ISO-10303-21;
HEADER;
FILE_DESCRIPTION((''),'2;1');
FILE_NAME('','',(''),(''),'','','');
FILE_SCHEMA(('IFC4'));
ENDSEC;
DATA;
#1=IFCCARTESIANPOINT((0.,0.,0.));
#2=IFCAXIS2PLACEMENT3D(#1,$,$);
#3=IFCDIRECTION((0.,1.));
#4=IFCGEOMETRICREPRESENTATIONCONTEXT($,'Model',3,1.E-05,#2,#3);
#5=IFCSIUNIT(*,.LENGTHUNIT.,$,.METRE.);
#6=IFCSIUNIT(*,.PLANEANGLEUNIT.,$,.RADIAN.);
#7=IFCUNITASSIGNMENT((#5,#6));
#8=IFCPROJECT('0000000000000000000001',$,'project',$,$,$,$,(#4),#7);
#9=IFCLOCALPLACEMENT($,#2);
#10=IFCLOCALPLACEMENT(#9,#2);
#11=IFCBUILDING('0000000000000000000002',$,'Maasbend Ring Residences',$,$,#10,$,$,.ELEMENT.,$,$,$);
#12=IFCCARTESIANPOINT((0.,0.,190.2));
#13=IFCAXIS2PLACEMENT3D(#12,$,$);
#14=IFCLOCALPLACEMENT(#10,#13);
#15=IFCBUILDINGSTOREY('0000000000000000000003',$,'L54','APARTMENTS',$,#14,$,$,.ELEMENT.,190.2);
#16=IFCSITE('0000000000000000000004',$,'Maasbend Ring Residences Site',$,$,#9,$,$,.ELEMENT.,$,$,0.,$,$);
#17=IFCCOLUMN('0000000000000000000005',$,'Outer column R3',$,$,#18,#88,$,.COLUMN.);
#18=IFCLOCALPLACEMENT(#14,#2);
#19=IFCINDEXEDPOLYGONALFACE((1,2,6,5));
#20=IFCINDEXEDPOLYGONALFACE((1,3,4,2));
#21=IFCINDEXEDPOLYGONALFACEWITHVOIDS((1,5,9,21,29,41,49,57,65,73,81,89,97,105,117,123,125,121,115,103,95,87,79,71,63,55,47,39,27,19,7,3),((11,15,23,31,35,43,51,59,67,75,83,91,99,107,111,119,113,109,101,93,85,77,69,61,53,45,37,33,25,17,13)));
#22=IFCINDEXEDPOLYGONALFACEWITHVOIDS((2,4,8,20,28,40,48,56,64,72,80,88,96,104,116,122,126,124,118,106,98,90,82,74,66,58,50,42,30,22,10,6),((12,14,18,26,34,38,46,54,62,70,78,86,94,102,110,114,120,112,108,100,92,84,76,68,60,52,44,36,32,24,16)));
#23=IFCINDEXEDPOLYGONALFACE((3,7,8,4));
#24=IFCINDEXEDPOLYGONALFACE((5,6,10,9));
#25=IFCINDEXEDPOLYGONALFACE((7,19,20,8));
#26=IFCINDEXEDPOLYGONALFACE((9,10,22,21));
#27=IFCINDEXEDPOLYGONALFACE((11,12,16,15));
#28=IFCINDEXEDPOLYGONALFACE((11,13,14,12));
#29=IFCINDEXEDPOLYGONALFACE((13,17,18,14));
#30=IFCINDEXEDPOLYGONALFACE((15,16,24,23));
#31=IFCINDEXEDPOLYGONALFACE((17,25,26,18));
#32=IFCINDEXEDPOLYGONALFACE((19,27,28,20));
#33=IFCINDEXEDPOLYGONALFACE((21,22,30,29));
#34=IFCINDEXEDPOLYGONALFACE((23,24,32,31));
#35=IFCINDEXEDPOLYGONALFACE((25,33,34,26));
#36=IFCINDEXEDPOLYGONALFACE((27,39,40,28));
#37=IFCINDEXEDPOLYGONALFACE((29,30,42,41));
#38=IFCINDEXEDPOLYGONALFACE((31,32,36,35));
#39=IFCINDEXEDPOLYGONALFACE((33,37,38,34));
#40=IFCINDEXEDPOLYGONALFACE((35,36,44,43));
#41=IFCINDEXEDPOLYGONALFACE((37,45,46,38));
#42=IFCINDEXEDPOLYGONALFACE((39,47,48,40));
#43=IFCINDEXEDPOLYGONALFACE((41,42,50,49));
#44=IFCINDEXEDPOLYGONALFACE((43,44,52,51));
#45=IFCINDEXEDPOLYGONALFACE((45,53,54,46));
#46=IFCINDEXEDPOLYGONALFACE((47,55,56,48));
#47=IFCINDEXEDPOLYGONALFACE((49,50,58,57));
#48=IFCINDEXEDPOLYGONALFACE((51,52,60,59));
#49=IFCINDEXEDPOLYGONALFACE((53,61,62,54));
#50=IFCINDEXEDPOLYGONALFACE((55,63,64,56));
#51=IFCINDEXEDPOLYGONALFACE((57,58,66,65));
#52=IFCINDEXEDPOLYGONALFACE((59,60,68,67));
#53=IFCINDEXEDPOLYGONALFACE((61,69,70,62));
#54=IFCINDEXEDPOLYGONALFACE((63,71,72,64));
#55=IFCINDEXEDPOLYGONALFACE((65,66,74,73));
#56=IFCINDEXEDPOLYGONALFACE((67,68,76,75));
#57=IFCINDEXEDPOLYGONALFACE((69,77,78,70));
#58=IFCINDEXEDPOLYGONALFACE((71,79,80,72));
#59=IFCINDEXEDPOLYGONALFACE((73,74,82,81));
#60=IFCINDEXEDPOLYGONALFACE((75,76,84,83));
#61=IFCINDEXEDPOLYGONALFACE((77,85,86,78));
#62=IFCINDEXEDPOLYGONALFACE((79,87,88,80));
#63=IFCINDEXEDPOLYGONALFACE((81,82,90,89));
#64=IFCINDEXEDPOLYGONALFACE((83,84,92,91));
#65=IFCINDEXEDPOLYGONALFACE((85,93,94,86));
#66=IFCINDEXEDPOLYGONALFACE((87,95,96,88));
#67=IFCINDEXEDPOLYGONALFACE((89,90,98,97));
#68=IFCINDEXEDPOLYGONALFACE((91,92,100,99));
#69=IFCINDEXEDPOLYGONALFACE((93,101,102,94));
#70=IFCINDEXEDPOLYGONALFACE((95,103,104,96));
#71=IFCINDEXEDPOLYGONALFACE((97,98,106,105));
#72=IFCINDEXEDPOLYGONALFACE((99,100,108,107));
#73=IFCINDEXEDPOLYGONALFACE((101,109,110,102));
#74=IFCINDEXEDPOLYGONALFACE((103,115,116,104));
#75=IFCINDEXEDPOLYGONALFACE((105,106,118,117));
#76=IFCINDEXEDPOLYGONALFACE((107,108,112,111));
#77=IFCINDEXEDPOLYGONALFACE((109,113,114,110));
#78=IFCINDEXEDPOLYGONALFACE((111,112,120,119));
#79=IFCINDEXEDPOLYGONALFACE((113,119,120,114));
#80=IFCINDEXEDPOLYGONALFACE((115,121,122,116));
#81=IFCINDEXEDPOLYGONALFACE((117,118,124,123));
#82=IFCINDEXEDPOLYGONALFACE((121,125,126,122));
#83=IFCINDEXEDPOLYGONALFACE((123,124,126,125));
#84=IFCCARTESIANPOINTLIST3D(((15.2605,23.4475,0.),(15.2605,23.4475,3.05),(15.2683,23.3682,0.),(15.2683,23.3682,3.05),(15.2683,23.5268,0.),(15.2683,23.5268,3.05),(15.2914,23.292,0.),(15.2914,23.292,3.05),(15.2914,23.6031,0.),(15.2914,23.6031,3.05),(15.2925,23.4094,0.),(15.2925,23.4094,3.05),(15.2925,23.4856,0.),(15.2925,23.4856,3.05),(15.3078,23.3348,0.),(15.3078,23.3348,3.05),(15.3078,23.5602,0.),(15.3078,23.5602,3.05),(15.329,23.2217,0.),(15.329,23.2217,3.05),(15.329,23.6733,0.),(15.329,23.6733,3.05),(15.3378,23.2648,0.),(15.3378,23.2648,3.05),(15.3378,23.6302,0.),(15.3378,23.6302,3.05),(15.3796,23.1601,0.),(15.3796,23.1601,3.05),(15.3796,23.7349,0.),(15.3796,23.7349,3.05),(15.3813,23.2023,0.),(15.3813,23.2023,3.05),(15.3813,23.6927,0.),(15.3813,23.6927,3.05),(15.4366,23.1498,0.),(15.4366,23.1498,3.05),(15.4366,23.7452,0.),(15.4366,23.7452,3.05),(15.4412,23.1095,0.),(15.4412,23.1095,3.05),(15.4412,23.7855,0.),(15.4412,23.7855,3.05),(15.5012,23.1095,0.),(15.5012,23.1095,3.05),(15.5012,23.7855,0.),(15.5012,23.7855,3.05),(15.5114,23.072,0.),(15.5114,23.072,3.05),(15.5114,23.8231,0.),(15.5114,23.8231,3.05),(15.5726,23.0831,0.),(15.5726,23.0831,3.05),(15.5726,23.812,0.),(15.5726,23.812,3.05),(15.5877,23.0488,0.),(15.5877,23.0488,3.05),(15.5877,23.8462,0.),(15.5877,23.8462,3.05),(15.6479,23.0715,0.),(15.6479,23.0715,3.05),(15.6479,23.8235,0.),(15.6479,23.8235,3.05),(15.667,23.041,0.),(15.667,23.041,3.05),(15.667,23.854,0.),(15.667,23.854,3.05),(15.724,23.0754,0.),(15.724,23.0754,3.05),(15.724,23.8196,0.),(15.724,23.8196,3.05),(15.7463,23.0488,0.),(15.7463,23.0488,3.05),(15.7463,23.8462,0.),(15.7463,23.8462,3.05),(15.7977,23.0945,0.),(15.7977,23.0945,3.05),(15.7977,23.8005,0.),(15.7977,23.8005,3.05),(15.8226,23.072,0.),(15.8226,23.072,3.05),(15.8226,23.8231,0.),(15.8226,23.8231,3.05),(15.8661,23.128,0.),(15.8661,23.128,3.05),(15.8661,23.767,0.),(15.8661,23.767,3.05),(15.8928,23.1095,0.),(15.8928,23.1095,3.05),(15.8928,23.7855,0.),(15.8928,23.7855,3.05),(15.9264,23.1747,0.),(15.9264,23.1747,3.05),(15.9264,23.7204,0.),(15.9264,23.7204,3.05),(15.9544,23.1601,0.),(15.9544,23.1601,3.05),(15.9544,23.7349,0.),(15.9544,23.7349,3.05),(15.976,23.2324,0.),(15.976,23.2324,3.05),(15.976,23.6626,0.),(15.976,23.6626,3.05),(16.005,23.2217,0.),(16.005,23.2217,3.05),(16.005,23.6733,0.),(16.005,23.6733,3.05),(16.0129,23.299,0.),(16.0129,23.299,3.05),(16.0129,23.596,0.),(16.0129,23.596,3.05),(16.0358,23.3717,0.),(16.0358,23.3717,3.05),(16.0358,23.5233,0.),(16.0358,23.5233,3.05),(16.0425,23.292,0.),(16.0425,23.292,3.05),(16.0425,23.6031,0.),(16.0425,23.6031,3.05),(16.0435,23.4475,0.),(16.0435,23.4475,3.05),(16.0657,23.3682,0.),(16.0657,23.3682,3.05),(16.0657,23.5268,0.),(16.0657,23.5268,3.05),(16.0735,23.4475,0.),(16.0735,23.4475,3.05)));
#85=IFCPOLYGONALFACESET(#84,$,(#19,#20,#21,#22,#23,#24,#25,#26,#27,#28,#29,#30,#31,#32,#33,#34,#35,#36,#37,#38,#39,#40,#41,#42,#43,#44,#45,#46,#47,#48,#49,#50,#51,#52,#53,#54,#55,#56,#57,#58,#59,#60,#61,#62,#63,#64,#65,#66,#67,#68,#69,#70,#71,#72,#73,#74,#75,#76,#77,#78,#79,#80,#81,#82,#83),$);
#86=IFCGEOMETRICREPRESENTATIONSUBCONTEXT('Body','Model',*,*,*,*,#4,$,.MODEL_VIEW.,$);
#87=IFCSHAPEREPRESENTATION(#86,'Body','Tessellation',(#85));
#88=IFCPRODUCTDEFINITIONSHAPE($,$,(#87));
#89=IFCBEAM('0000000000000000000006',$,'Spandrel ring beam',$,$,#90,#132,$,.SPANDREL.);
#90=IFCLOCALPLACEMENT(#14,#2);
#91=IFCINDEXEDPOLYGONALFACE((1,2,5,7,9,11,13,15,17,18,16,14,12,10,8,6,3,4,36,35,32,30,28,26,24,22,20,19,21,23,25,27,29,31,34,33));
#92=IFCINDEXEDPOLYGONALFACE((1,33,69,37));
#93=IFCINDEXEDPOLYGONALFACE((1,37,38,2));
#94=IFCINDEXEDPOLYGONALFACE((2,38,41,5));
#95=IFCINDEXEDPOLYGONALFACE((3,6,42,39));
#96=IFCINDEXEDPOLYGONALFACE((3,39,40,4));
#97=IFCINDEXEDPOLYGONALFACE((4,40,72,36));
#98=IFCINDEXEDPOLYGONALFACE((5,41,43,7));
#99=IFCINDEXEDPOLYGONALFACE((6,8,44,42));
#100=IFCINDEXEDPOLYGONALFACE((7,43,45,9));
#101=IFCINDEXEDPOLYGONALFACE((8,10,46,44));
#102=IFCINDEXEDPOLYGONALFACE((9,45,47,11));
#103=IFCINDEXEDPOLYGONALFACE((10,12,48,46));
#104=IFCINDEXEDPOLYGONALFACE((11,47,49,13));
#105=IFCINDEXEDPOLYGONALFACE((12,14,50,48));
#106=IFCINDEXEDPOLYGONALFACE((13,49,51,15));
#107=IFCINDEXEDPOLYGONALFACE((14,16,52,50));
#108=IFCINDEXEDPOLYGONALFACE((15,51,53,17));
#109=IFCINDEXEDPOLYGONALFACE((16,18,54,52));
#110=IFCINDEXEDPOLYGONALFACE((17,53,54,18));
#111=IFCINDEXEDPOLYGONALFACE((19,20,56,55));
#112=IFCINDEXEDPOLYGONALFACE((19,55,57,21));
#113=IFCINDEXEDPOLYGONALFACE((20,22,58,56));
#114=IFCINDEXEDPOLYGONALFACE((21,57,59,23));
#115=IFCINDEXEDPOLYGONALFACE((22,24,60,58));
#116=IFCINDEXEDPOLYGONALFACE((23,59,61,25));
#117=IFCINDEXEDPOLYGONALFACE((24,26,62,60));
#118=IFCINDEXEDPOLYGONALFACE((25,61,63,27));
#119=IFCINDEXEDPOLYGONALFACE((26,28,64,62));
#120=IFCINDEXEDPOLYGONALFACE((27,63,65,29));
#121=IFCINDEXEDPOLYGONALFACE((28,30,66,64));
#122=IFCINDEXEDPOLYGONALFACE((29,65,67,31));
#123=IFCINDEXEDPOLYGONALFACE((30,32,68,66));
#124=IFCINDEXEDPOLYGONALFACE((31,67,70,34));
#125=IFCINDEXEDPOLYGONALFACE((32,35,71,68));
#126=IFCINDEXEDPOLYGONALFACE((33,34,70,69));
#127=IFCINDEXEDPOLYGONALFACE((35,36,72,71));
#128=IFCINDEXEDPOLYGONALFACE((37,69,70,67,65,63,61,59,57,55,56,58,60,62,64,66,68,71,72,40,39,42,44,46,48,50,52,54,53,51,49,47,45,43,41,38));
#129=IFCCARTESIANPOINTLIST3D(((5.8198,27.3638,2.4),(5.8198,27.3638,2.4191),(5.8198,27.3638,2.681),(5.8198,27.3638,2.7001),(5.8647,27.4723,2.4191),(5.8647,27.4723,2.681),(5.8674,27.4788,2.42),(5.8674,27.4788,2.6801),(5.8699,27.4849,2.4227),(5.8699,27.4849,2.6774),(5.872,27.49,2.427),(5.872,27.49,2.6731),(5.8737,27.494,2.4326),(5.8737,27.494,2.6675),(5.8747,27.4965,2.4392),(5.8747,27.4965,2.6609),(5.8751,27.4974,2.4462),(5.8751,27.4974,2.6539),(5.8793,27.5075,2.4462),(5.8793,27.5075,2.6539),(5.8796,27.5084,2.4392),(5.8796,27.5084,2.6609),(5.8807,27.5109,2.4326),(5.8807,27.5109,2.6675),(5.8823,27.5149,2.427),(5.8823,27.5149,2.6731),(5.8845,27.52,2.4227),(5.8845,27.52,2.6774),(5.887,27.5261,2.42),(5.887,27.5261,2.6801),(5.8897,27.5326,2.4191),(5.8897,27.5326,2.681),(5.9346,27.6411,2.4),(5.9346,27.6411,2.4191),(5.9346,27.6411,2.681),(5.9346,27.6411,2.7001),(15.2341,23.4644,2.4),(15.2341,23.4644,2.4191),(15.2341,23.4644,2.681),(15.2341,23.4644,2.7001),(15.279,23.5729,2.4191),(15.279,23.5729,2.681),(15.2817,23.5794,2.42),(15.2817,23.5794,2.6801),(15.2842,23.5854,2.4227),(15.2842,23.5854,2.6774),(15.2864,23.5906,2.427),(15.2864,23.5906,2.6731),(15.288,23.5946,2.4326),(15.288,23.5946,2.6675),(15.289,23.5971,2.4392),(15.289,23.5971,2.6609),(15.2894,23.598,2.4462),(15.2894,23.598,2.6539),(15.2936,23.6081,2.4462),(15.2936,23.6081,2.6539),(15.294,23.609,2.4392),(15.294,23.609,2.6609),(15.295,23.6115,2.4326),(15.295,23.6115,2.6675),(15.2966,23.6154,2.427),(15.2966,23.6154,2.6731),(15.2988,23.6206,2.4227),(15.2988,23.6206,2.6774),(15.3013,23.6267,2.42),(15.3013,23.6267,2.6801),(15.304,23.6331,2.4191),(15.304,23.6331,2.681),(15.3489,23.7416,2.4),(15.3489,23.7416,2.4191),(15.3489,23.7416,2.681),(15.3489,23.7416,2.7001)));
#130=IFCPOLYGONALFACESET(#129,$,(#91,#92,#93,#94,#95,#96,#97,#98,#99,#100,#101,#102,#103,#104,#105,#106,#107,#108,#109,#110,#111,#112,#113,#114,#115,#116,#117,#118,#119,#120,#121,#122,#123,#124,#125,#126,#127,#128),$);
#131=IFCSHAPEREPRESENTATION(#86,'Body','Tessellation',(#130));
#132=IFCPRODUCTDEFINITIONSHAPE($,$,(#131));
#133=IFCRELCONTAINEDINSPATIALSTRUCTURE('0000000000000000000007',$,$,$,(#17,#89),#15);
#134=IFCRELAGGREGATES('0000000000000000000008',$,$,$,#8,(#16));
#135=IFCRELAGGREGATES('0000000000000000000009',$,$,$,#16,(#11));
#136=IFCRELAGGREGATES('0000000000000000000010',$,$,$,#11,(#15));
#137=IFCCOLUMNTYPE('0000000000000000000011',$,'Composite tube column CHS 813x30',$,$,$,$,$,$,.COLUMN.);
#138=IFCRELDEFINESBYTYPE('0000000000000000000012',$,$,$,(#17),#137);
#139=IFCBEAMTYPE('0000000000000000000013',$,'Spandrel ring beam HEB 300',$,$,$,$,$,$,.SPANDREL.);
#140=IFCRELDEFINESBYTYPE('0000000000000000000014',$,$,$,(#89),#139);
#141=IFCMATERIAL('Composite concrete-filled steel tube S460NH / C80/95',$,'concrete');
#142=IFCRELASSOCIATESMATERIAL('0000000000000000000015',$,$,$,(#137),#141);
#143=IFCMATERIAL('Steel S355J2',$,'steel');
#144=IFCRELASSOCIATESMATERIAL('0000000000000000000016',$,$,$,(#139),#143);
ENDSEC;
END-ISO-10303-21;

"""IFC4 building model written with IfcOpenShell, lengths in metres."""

from ifc_helpers import new_model, si_unit, direction, frame, origin, origin_2d, place, context, subcontext, project, spatial, hollow_circle, i_section, extrude, material, material_profile, profile_set, type_object, element, save


model = new_model("IFC4")

# Units and contexts
model_context = context("Model", 3, precision=1e-05, world=origin(), true_north=direction((0.0, 1.0)))
body_context = subcontext(model_context, "Body", "Model", "MODEL_VIEW")
ifc_project = project(units=[si_unit("LENGTHUNIT", "METRE"), si_unit("PLANEANGLEUNIT", "RADIAN")], contexts=[model_context])

# Site, building, storey
site_placement = place(None, origin())
site = spatial("IfcSite", under=ifc_project, at=site_placement, Name="Maasbend Ring Residences Site", CompositionType="ELEMENT", RefElevation=0.0)
building_placement = place(site_placement, origin())
building = spatial("IfcBuilding", under=site, at=building_placement, Name="Maasbend Ring Residences", CompositionType="ELEMENT")
storey_placement = place(building_placement, frame((0.0, 0.0, 190.2)))
storey = spatial("IfcBuildingStorey", under=building, at=storey_placement, Name="L54", Description="APARTMENTS", CompositionType="ELEMENT", Elevation=190.2)

# Column
ifc_material_1 = material(Name="Composite concrete-filled steel tube S460NH / C80/95", Category="concrete")
ifc_material_profile_1 = material_profile(ifc_material_1, hollow_circle(Radius=0.4065, WallThickness=0.03, at=origin_2d()), Name="Composite tube column CHS 813x30")
ifc_profile_set_1 = profile_set([ifc_material_profile_1], Name="Composite concrete-filled steel tube S460NH / C80/95")
column_type = type_object("IfcColumnType", Name="Composite tube column CHS 813x30", PredefinedType="COLUMN", material=ifc_profile_set_1)
column_placement = place(storey_placement, frame((15.667, 23.4475, 0.0), z_axis=(0.0, 0.0, 1.0), x_axis=(1.0, 0.0, 0.0)))
element("IfcColumn", 1, at=column_placement, inside=storey, type_object=column_type, Name="Outer column R3", PredefinedType="COLUMN", context=body_context, shape_type="SweptSolid", body=[
    extrude(hollow_circle(Radius=0.4065, WallThickness=0.03, at=origin_2d()), origin(), (0.0, 0.0, 1.0), 3.05),
])

# Beam
ifc_material_2 = material(Name="Steel S355J2", Category="steel")
ifc_material_profile_2 = material_profile(ifc_material_2, i_section(OverallWidth=0.3, OverallDepth=0.3, WebThickness=0.011, FlangeThickness=0.019, FilletRadius=0.0271, at=origin_2d()), Name="HEB 300")
ifc_profile_set_2 = profile_set([ifc_material_profile_2], Name="Steel S355J2")
beam_type = type_object("IfcBeamType", Name="Spandrel ring beam HEB 300", PredefinedType="SPANDREL", material=ifc_profile_set_2)
beam_placement = place(storey_placement, frame((15.2915, 23.603, 2.55), z_axis=(-0.923884, 0.382673, 0.0), x_axis=(-0.382673, -0.923884, 0.0)))
element("IfcBeam", 2, at=beam_placement, inside=storey, type_object=beam_type, Name="Spandrel ring beam", PredefinedType="SPANDREL", context=body_context, shape_type="SweptSolid", body=[
    extrude(i_section(OverallWidth=0.3, OverallDepth=0.3, WebThickness=0.011, FlangeThickness=0.019, FilletRadius=0.0271, at=origin_2d()), origin(), (0.0, 0.0, 1.0), 10.1899),
])

save(model, "model.ifc")
